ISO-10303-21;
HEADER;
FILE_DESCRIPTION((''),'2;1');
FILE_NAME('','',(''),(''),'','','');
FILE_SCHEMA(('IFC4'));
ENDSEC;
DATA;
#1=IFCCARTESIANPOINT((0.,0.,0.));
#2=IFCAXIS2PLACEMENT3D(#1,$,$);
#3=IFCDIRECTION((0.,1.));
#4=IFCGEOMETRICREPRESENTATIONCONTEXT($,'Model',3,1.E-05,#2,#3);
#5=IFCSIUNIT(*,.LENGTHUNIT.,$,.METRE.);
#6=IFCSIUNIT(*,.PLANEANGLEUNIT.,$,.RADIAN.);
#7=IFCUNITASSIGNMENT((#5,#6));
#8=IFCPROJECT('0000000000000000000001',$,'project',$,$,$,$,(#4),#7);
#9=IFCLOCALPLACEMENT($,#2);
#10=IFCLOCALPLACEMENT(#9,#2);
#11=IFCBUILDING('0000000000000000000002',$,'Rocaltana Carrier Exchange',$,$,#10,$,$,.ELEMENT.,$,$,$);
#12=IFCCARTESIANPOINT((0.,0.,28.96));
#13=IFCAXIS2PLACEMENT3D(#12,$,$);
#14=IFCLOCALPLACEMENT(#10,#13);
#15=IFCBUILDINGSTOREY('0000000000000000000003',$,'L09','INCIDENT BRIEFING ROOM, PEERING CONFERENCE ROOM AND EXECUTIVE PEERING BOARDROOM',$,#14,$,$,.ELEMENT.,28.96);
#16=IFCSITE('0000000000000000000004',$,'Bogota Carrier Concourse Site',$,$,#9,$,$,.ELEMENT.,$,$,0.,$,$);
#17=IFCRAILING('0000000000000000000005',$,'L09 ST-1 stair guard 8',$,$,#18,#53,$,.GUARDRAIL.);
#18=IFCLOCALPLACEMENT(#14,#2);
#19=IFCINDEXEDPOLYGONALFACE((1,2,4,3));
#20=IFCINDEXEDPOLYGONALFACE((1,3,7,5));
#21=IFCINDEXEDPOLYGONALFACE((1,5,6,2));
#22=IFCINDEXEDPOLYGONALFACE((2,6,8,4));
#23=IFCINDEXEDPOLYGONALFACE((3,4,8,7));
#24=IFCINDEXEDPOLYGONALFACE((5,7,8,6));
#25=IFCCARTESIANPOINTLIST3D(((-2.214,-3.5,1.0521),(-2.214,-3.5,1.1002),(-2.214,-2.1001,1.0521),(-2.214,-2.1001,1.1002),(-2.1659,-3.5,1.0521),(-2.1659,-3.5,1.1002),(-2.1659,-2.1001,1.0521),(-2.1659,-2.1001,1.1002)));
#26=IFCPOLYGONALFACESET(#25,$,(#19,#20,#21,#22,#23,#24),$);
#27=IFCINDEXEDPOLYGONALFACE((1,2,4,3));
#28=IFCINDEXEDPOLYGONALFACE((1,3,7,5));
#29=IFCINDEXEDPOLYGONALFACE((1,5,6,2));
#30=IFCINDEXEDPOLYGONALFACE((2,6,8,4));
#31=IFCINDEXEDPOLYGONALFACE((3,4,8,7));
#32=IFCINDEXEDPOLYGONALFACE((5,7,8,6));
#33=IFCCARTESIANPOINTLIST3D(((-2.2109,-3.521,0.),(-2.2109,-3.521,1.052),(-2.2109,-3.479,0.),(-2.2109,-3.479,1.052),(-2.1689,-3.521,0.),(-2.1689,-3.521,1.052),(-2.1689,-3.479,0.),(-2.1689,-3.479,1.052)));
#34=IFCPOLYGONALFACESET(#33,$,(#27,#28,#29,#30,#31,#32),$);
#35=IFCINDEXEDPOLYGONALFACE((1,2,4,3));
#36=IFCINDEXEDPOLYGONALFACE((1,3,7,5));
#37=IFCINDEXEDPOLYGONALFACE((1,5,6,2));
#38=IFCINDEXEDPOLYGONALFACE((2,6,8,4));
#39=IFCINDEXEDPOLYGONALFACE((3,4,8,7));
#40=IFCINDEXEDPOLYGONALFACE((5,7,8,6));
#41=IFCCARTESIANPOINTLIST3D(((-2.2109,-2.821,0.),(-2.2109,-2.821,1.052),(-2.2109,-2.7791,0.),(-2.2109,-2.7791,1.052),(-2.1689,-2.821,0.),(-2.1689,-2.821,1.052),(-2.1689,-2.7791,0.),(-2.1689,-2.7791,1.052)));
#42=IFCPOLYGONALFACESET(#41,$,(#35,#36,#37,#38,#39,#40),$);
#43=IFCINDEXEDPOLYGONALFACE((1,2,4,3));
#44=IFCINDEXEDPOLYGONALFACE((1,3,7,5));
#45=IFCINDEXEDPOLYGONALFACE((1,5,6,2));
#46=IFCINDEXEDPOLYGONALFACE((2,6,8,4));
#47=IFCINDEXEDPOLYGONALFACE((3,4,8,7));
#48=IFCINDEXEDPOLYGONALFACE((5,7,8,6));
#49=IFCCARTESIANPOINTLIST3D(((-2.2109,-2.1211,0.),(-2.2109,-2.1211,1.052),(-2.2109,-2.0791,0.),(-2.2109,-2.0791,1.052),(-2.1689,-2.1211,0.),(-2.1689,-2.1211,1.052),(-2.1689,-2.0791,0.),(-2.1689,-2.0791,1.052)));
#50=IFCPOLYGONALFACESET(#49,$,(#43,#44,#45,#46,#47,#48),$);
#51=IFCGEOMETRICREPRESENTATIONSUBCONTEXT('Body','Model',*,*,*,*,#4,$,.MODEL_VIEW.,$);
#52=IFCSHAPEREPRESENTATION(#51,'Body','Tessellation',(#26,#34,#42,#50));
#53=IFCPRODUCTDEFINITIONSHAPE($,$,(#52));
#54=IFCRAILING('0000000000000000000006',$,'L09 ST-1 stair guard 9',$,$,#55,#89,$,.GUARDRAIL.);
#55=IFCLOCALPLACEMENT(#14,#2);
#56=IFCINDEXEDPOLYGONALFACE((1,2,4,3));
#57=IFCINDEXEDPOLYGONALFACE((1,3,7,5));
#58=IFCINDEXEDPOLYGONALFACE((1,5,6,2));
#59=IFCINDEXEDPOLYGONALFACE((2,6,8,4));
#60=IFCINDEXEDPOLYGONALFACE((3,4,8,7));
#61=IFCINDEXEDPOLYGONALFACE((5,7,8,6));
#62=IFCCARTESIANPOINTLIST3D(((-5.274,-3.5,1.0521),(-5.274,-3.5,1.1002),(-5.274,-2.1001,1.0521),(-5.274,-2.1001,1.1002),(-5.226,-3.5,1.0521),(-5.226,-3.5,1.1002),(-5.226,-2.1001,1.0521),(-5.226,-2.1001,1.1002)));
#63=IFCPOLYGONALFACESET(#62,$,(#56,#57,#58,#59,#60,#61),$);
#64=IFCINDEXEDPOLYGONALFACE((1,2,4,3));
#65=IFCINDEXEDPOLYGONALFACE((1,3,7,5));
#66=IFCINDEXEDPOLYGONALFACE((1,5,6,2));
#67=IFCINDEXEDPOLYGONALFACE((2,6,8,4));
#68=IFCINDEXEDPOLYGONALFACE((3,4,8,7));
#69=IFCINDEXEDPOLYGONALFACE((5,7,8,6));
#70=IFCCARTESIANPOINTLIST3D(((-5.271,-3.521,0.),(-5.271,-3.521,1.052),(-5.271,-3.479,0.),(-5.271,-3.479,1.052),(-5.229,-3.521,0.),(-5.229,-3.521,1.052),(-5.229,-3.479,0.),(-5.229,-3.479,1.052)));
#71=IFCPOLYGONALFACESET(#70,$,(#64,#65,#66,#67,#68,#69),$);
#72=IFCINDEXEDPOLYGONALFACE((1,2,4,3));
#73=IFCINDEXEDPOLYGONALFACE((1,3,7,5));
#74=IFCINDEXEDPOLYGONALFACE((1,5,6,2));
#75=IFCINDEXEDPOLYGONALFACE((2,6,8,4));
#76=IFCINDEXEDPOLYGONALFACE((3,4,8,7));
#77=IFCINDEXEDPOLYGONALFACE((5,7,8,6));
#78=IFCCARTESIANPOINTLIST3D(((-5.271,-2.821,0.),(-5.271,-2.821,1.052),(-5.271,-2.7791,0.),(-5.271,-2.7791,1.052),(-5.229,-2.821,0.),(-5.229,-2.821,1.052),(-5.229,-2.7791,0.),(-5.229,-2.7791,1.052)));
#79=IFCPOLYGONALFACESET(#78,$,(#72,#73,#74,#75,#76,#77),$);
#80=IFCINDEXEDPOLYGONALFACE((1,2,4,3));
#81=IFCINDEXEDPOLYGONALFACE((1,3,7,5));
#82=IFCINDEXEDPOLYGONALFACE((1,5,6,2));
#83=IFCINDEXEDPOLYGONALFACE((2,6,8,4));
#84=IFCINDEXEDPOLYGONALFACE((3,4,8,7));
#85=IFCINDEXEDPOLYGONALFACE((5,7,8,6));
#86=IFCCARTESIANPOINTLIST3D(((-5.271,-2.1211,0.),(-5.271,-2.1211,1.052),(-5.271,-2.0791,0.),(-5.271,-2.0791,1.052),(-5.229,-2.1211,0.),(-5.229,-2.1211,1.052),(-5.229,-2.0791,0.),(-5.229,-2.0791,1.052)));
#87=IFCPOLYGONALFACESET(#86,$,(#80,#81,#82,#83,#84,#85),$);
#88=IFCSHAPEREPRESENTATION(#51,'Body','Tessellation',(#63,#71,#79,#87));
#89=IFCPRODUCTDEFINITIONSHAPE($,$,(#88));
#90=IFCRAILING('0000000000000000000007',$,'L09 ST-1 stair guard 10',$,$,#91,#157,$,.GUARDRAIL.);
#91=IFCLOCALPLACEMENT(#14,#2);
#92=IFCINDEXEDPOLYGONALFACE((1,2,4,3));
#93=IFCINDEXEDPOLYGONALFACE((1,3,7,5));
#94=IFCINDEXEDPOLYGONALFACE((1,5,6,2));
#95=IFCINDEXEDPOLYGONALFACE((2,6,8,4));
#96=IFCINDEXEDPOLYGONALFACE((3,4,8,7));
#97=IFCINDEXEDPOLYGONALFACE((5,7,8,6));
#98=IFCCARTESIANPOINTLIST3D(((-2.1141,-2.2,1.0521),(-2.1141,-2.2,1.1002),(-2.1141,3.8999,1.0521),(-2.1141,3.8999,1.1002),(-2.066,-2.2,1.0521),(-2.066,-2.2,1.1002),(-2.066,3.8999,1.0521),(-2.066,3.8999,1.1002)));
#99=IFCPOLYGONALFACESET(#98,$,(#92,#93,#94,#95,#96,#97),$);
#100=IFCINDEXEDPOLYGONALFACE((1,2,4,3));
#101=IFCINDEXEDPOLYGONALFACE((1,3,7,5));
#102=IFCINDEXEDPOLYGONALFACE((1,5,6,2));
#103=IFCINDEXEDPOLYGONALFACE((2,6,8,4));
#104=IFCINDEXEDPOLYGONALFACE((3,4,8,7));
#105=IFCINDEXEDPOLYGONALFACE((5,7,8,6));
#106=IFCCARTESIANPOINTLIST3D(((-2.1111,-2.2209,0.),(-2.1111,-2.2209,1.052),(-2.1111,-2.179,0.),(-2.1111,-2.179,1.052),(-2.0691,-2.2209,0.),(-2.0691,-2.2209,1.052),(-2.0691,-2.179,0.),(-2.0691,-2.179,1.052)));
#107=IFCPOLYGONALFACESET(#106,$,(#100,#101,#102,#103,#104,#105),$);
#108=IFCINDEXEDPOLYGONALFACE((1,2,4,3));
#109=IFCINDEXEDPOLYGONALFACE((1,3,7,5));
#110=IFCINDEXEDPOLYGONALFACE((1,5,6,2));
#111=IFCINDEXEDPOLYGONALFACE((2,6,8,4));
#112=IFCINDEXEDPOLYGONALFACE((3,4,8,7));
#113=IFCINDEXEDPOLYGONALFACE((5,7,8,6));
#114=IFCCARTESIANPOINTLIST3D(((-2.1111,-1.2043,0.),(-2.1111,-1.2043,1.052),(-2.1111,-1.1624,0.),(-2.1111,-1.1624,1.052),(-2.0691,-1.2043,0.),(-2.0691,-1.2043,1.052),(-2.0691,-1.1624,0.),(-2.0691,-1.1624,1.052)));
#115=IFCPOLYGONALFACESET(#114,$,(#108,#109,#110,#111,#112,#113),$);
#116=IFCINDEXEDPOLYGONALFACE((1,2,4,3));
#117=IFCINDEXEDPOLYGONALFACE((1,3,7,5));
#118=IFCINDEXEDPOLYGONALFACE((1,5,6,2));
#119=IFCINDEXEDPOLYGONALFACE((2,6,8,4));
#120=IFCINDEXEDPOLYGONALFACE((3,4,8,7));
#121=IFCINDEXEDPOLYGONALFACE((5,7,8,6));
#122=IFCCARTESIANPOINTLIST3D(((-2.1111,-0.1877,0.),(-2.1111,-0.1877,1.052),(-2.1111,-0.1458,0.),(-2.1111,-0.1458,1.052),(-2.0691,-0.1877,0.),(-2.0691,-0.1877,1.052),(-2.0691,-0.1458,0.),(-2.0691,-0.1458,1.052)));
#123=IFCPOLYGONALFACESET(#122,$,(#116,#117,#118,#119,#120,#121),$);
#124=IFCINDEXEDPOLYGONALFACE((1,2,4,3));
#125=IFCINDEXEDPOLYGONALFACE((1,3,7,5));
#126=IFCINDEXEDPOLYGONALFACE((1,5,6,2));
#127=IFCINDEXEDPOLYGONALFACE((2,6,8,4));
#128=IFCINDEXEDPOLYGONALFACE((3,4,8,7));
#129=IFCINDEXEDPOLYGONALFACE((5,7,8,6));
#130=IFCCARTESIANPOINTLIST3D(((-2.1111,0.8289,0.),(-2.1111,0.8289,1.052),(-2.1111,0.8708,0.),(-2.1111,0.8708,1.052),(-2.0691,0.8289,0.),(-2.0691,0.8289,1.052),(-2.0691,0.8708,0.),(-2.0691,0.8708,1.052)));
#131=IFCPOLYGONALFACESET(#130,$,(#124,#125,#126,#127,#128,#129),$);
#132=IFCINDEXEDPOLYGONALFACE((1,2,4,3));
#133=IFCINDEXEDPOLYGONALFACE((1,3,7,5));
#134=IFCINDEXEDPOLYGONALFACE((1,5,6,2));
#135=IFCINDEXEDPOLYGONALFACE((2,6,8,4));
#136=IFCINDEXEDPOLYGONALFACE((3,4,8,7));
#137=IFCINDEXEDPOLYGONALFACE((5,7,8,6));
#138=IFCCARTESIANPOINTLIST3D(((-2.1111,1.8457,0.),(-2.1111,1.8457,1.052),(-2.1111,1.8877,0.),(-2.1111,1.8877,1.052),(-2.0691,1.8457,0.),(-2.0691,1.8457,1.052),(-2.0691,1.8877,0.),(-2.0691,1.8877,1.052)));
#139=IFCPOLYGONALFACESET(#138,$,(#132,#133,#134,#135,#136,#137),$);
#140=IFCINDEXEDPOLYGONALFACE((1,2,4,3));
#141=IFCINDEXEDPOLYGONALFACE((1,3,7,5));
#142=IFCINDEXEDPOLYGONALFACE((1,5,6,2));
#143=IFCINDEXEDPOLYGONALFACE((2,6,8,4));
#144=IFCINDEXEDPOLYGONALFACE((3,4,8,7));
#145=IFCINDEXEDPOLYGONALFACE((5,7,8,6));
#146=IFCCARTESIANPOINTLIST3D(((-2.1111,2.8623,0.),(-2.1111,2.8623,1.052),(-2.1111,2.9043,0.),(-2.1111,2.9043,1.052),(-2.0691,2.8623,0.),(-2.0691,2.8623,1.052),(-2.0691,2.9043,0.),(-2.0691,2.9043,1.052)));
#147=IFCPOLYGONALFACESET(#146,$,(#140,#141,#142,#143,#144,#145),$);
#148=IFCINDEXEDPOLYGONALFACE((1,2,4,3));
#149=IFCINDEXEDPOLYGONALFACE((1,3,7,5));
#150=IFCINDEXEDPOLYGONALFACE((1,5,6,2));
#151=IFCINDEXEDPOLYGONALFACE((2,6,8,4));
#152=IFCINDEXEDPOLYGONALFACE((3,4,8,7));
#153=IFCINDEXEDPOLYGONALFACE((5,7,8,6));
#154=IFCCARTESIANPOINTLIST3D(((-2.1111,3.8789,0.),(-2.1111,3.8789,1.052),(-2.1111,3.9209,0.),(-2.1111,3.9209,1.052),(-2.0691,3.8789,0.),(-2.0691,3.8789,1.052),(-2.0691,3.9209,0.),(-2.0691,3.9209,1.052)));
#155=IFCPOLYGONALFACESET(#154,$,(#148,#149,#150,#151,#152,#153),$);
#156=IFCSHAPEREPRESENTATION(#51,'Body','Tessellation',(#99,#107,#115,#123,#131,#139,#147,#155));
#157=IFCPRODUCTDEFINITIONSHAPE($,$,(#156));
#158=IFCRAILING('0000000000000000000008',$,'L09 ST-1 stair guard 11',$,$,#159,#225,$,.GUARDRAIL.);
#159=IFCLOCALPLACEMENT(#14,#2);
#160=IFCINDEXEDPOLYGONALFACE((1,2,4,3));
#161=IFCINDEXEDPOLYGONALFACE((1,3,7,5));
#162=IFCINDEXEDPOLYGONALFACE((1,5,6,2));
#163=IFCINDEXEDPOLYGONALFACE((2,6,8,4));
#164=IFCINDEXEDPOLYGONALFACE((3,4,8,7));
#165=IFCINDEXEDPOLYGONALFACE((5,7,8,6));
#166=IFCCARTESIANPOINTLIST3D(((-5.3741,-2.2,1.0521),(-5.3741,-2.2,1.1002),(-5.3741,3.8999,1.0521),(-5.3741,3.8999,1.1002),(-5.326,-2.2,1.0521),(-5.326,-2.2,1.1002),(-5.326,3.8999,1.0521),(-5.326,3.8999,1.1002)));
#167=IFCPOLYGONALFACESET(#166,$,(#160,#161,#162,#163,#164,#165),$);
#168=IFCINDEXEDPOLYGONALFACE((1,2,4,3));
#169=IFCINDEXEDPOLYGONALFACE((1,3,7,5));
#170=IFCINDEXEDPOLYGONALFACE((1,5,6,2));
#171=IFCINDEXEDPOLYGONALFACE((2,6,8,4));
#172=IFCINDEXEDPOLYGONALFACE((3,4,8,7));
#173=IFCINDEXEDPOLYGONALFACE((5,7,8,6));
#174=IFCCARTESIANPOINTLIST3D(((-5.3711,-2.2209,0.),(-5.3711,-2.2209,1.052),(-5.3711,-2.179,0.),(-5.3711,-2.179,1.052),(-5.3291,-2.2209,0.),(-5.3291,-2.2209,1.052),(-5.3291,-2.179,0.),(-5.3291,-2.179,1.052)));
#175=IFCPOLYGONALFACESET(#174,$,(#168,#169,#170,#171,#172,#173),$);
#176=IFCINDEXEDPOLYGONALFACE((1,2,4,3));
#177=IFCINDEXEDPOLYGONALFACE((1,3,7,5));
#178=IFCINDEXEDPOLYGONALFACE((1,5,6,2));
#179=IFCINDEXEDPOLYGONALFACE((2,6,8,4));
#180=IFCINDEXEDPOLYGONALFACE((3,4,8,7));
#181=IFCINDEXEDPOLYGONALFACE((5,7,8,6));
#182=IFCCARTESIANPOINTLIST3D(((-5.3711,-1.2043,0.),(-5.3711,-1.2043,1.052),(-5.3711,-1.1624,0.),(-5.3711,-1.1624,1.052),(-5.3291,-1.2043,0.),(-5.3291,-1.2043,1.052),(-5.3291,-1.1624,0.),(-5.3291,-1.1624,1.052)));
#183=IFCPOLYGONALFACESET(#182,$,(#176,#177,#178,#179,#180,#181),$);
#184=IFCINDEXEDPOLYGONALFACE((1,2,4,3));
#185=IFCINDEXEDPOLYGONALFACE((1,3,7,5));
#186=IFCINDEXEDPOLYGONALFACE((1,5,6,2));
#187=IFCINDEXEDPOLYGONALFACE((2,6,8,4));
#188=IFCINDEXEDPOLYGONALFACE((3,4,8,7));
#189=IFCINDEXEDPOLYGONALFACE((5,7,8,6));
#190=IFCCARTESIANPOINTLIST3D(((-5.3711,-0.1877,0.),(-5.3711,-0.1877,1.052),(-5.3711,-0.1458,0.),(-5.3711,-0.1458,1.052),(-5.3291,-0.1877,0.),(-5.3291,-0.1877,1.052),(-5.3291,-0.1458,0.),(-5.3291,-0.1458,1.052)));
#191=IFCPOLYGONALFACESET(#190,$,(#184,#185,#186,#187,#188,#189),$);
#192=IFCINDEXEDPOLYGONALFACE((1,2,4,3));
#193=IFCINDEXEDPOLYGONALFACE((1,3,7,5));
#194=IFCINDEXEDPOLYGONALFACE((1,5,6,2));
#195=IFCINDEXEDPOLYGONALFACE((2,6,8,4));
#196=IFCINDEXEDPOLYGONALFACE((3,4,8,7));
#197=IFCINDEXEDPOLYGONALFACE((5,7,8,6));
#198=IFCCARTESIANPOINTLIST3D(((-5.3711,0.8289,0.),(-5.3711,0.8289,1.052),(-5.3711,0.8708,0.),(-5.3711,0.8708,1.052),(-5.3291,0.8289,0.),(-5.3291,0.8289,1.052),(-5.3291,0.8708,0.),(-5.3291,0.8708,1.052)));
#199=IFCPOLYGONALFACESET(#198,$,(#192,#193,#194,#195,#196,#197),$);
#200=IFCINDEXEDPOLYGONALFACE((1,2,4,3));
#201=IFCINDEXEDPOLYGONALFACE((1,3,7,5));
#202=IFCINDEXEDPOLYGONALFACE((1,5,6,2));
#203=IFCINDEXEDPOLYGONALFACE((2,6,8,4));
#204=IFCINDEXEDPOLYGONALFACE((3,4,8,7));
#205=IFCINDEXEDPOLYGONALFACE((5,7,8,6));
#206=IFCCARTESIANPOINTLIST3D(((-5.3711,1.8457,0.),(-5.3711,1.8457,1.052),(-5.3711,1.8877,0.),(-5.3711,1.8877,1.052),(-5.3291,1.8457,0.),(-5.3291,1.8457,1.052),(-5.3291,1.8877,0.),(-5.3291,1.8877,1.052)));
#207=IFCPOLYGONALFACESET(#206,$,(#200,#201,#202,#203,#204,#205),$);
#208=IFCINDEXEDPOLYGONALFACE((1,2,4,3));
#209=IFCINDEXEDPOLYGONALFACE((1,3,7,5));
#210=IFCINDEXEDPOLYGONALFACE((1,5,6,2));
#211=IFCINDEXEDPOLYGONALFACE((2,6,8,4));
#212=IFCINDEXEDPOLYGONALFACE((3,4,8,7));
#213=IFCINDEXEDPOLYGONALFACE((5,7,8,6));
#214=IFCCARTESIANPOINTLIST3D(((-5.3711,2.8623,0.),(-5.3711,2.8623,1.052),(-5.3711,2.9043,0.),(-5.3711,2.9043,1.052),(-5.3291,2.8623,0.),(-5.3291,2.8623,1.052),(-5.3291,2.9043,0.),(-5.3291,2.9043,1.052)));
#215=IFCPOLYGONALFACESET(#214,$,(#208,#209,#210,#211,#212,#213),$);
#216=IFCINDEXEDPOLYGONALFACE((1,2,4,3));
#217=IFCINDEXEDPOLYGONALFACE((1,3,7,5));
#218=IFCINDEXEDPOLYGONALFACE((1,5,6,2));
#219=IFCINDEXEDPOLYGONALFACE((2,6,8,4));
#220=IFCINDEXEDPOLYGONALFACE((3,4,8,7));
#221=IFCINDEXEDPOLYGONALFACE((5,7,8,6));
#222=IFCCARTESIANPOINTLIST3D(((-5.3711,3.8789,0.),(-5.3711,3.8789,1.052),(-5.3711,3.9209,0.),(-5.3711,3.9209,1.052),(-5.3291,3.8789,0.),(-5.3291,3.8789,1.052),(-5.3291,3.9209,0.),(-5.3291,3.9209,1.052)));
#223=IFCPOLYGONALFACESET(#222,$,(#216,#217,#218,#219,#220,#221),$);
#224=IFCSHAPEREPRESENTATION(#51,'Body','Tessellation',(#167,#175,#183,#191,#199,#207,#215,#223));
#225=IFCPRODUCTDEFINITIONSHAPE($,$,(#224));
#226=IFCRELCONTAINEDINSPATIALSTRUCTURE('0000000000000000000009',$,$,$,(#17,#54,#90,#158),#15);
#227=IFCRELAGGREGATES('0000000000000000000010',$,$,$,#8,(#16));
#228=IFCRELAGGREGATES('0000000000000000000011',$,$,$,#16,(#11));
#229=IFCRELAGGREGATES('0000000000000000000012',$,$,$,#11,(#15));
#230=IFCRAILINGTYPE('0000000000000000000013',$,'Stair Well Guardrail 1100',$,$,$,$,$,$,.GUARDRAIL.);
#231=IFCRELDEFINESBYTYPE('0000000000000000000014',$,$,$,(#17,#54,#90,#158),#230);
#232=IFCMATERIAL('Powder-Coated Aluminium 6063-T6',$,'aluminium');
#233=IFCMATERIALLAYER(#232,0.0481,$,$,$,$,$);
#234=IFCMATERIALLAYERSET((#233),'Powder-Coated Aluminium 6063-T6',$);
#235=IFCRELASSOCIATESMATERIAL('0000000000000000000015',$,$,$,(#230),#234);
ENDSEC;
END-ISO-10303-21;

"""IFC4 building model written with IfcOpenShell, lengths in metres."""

from ifc_helpers import new_model, si_unit, direction, frame, origin, origin_2d, place, context, subcontext, project, spatial, rectangle, extrude, material, layer, layer_set, type_object, element, save


model = new_model("IFC4")

# Units and contexts
model_context = context("Model", 3, precision=1e-05, world=origin(), true_north=direction((0.0, 1.0)))
body_context = subcontext(model_context, "Body", "Model", "MODEL_VIEW")
ifc_project = project(units=[si_unit("LENGTHUNIT", "METRE"), si_unit("PLANEANGLEUNIT", "RADIAN")], contexts=[model_context])

# Site, building, storey
site_placement = place(None, origin())
site = spatial("IfcSite", under=ifc_project, at=site_placement, Name="Bogota Carrier Concourse Site", CompositionType="ELEMENT", RefElevation=0.0)
building_placement = place(site_placement, origin())
building = spatial("IfcBuilding", under=site, at=building_placement, Name="Rocaltana Carrier Exchange", CompositionType="ELEMENT")
storey_placement = place(building_placement, frame((0.0, 0.0, 28.96)))
storey = spatial("IfcBuildingStorey", under=building, at=storey_placement, Name="L09", Description="INCIDENT BRIEFING ROOM, PEERING CONFERENCE ROOM AND EXECUTIVE PEERING BOARDROOM", CompositionType="ELEMENT", Elevation=28.96)

# Railings
ifc_material_1 = material(Name="Powder-Coated Aluminium 6063-T6", Category="aluminium")
ifc_layer_1 = layer(ifc_material_1, 0.0481)
ifc_layer_set_1 = layer_set([ifc_layer_1], Name="Powder-Coated Aluminium 6063-T6")
railing_type_1 = type_object("IfcRailingType", Name="Stair Well Guardrail 1100", PredefinedType="GUARDRAIL", material=ifc_layer_set_1)
for number, where, name in (
    (1, (-2.1899, -3.5, 0.0), "L09 ST-1 stair guard 8"),
    (2, (-5.25, -3.5, 0.0), "L09 ST-1 stair guard 9"),
):
    element("IfcRailing", number, at=place(storey_placement, frame(where)), inside=storey, type_object=railing_type_1, Name=name, PredefinedType="GUARDRAIL", context=body_context, shape_type="SweptSolid", body=[
        extrude(rectangle(XDim=0.0481, YDim=0.0481, at=origin_2d()), frame((0.0, 0.0, 1.0762), z_axis=(0.0, 1.0, 0.0), x_axis=(-1.0, 0.0, 0.0)), (0.0, 0.0, 1.0), 1.3999),
        extrude(rectangle(XDim=0.042, YDim=0.042, at=origin_2d()), origin(), (0.0, 0.0, 1.0), 1.052),
        extrude(rectangle(XDim=0.042, YDim=0.042, at=origin_2d()), frame((0.0, 0.7, 0.0)), (0.0, 0.0, 1.0), 1.052),
        extrude(rectangle(XDim=0.042, YDim=0.042, at=origin_2d()), frame((0.0, 1.3999, 0.0)), (0.0, 0.0, 1.0), 1.052),
    ])
for number, where, name in (
    (3, (-2.0901, -2.2, 0.0), "L09 ST-1 stair guard 10"),
    (4, (-5.3501, -2.2, 0.0), "L09 ST-1 stair guard 11"),
):
    element("IfcRailing", number, at=place(storey_placement, frame(where)), inside=storey, type_object=railing_type_1, Name=name, PredefinedType="GUARDRAIL", context=body_context, shape_type="SweptSolid", body=[
        extrude(rectangle(XDim=0.0481, YDim=0.0481, at=origin_2d()), frame((0.0, 0.0, 1.0762), z_axis=(0.0, 1.0, 0.0), x_axis=(-1.0, 0.0, 0.0)), (0.0, 0.0, 1.0), 6.0999),
        extrude(rectangle(XDim=0.042, YDim=0.042, at=origin_2d()), origin(), (0.0, 0.0, 1.0), 1.052),
        extrude(rectangle(XDim=0.042, YDim=0.042, at=origin_2d()), frame((0.0, 1.0166, 0.0)), (0.0, 0.0, 1.0), 1.052),
        extrude(rectangle(XDim=0.042, YDim=0.042, at=origin_2d()), frame((0.0, 2.0332, 0.0)), (0.0, 0.0, 1.0), 1.052),
        extrude(rectangle(XDim=0.042, YDim=0.042, at=origin_2d()), frame((0.0, 3.0498, 0.0)), (0.0, 0.0, 1.0), 1.052),
        extrude(rectangle(XDim=0.042, YDim=0.042, at=origin_2d()), frame((0.0, 4.0667, 0.0)), (0.0, 0.0, 1.0), 1.052),
        extrude(rectangle(XDim=0.042, YDim=0.042, at=origin_2d()), frame((0.0, 5.0833, 0.0)), (0.0, 0.0, 1.0), 1.052),
        extrude(rectangle(XDim=0.042, YDim=0.042, at=origin_2d()), frame((0.0, 6.0999, 0.0)), (0.0, 0.0, 1.0), 1.052),
    ])

save(model, "model.ifc")
